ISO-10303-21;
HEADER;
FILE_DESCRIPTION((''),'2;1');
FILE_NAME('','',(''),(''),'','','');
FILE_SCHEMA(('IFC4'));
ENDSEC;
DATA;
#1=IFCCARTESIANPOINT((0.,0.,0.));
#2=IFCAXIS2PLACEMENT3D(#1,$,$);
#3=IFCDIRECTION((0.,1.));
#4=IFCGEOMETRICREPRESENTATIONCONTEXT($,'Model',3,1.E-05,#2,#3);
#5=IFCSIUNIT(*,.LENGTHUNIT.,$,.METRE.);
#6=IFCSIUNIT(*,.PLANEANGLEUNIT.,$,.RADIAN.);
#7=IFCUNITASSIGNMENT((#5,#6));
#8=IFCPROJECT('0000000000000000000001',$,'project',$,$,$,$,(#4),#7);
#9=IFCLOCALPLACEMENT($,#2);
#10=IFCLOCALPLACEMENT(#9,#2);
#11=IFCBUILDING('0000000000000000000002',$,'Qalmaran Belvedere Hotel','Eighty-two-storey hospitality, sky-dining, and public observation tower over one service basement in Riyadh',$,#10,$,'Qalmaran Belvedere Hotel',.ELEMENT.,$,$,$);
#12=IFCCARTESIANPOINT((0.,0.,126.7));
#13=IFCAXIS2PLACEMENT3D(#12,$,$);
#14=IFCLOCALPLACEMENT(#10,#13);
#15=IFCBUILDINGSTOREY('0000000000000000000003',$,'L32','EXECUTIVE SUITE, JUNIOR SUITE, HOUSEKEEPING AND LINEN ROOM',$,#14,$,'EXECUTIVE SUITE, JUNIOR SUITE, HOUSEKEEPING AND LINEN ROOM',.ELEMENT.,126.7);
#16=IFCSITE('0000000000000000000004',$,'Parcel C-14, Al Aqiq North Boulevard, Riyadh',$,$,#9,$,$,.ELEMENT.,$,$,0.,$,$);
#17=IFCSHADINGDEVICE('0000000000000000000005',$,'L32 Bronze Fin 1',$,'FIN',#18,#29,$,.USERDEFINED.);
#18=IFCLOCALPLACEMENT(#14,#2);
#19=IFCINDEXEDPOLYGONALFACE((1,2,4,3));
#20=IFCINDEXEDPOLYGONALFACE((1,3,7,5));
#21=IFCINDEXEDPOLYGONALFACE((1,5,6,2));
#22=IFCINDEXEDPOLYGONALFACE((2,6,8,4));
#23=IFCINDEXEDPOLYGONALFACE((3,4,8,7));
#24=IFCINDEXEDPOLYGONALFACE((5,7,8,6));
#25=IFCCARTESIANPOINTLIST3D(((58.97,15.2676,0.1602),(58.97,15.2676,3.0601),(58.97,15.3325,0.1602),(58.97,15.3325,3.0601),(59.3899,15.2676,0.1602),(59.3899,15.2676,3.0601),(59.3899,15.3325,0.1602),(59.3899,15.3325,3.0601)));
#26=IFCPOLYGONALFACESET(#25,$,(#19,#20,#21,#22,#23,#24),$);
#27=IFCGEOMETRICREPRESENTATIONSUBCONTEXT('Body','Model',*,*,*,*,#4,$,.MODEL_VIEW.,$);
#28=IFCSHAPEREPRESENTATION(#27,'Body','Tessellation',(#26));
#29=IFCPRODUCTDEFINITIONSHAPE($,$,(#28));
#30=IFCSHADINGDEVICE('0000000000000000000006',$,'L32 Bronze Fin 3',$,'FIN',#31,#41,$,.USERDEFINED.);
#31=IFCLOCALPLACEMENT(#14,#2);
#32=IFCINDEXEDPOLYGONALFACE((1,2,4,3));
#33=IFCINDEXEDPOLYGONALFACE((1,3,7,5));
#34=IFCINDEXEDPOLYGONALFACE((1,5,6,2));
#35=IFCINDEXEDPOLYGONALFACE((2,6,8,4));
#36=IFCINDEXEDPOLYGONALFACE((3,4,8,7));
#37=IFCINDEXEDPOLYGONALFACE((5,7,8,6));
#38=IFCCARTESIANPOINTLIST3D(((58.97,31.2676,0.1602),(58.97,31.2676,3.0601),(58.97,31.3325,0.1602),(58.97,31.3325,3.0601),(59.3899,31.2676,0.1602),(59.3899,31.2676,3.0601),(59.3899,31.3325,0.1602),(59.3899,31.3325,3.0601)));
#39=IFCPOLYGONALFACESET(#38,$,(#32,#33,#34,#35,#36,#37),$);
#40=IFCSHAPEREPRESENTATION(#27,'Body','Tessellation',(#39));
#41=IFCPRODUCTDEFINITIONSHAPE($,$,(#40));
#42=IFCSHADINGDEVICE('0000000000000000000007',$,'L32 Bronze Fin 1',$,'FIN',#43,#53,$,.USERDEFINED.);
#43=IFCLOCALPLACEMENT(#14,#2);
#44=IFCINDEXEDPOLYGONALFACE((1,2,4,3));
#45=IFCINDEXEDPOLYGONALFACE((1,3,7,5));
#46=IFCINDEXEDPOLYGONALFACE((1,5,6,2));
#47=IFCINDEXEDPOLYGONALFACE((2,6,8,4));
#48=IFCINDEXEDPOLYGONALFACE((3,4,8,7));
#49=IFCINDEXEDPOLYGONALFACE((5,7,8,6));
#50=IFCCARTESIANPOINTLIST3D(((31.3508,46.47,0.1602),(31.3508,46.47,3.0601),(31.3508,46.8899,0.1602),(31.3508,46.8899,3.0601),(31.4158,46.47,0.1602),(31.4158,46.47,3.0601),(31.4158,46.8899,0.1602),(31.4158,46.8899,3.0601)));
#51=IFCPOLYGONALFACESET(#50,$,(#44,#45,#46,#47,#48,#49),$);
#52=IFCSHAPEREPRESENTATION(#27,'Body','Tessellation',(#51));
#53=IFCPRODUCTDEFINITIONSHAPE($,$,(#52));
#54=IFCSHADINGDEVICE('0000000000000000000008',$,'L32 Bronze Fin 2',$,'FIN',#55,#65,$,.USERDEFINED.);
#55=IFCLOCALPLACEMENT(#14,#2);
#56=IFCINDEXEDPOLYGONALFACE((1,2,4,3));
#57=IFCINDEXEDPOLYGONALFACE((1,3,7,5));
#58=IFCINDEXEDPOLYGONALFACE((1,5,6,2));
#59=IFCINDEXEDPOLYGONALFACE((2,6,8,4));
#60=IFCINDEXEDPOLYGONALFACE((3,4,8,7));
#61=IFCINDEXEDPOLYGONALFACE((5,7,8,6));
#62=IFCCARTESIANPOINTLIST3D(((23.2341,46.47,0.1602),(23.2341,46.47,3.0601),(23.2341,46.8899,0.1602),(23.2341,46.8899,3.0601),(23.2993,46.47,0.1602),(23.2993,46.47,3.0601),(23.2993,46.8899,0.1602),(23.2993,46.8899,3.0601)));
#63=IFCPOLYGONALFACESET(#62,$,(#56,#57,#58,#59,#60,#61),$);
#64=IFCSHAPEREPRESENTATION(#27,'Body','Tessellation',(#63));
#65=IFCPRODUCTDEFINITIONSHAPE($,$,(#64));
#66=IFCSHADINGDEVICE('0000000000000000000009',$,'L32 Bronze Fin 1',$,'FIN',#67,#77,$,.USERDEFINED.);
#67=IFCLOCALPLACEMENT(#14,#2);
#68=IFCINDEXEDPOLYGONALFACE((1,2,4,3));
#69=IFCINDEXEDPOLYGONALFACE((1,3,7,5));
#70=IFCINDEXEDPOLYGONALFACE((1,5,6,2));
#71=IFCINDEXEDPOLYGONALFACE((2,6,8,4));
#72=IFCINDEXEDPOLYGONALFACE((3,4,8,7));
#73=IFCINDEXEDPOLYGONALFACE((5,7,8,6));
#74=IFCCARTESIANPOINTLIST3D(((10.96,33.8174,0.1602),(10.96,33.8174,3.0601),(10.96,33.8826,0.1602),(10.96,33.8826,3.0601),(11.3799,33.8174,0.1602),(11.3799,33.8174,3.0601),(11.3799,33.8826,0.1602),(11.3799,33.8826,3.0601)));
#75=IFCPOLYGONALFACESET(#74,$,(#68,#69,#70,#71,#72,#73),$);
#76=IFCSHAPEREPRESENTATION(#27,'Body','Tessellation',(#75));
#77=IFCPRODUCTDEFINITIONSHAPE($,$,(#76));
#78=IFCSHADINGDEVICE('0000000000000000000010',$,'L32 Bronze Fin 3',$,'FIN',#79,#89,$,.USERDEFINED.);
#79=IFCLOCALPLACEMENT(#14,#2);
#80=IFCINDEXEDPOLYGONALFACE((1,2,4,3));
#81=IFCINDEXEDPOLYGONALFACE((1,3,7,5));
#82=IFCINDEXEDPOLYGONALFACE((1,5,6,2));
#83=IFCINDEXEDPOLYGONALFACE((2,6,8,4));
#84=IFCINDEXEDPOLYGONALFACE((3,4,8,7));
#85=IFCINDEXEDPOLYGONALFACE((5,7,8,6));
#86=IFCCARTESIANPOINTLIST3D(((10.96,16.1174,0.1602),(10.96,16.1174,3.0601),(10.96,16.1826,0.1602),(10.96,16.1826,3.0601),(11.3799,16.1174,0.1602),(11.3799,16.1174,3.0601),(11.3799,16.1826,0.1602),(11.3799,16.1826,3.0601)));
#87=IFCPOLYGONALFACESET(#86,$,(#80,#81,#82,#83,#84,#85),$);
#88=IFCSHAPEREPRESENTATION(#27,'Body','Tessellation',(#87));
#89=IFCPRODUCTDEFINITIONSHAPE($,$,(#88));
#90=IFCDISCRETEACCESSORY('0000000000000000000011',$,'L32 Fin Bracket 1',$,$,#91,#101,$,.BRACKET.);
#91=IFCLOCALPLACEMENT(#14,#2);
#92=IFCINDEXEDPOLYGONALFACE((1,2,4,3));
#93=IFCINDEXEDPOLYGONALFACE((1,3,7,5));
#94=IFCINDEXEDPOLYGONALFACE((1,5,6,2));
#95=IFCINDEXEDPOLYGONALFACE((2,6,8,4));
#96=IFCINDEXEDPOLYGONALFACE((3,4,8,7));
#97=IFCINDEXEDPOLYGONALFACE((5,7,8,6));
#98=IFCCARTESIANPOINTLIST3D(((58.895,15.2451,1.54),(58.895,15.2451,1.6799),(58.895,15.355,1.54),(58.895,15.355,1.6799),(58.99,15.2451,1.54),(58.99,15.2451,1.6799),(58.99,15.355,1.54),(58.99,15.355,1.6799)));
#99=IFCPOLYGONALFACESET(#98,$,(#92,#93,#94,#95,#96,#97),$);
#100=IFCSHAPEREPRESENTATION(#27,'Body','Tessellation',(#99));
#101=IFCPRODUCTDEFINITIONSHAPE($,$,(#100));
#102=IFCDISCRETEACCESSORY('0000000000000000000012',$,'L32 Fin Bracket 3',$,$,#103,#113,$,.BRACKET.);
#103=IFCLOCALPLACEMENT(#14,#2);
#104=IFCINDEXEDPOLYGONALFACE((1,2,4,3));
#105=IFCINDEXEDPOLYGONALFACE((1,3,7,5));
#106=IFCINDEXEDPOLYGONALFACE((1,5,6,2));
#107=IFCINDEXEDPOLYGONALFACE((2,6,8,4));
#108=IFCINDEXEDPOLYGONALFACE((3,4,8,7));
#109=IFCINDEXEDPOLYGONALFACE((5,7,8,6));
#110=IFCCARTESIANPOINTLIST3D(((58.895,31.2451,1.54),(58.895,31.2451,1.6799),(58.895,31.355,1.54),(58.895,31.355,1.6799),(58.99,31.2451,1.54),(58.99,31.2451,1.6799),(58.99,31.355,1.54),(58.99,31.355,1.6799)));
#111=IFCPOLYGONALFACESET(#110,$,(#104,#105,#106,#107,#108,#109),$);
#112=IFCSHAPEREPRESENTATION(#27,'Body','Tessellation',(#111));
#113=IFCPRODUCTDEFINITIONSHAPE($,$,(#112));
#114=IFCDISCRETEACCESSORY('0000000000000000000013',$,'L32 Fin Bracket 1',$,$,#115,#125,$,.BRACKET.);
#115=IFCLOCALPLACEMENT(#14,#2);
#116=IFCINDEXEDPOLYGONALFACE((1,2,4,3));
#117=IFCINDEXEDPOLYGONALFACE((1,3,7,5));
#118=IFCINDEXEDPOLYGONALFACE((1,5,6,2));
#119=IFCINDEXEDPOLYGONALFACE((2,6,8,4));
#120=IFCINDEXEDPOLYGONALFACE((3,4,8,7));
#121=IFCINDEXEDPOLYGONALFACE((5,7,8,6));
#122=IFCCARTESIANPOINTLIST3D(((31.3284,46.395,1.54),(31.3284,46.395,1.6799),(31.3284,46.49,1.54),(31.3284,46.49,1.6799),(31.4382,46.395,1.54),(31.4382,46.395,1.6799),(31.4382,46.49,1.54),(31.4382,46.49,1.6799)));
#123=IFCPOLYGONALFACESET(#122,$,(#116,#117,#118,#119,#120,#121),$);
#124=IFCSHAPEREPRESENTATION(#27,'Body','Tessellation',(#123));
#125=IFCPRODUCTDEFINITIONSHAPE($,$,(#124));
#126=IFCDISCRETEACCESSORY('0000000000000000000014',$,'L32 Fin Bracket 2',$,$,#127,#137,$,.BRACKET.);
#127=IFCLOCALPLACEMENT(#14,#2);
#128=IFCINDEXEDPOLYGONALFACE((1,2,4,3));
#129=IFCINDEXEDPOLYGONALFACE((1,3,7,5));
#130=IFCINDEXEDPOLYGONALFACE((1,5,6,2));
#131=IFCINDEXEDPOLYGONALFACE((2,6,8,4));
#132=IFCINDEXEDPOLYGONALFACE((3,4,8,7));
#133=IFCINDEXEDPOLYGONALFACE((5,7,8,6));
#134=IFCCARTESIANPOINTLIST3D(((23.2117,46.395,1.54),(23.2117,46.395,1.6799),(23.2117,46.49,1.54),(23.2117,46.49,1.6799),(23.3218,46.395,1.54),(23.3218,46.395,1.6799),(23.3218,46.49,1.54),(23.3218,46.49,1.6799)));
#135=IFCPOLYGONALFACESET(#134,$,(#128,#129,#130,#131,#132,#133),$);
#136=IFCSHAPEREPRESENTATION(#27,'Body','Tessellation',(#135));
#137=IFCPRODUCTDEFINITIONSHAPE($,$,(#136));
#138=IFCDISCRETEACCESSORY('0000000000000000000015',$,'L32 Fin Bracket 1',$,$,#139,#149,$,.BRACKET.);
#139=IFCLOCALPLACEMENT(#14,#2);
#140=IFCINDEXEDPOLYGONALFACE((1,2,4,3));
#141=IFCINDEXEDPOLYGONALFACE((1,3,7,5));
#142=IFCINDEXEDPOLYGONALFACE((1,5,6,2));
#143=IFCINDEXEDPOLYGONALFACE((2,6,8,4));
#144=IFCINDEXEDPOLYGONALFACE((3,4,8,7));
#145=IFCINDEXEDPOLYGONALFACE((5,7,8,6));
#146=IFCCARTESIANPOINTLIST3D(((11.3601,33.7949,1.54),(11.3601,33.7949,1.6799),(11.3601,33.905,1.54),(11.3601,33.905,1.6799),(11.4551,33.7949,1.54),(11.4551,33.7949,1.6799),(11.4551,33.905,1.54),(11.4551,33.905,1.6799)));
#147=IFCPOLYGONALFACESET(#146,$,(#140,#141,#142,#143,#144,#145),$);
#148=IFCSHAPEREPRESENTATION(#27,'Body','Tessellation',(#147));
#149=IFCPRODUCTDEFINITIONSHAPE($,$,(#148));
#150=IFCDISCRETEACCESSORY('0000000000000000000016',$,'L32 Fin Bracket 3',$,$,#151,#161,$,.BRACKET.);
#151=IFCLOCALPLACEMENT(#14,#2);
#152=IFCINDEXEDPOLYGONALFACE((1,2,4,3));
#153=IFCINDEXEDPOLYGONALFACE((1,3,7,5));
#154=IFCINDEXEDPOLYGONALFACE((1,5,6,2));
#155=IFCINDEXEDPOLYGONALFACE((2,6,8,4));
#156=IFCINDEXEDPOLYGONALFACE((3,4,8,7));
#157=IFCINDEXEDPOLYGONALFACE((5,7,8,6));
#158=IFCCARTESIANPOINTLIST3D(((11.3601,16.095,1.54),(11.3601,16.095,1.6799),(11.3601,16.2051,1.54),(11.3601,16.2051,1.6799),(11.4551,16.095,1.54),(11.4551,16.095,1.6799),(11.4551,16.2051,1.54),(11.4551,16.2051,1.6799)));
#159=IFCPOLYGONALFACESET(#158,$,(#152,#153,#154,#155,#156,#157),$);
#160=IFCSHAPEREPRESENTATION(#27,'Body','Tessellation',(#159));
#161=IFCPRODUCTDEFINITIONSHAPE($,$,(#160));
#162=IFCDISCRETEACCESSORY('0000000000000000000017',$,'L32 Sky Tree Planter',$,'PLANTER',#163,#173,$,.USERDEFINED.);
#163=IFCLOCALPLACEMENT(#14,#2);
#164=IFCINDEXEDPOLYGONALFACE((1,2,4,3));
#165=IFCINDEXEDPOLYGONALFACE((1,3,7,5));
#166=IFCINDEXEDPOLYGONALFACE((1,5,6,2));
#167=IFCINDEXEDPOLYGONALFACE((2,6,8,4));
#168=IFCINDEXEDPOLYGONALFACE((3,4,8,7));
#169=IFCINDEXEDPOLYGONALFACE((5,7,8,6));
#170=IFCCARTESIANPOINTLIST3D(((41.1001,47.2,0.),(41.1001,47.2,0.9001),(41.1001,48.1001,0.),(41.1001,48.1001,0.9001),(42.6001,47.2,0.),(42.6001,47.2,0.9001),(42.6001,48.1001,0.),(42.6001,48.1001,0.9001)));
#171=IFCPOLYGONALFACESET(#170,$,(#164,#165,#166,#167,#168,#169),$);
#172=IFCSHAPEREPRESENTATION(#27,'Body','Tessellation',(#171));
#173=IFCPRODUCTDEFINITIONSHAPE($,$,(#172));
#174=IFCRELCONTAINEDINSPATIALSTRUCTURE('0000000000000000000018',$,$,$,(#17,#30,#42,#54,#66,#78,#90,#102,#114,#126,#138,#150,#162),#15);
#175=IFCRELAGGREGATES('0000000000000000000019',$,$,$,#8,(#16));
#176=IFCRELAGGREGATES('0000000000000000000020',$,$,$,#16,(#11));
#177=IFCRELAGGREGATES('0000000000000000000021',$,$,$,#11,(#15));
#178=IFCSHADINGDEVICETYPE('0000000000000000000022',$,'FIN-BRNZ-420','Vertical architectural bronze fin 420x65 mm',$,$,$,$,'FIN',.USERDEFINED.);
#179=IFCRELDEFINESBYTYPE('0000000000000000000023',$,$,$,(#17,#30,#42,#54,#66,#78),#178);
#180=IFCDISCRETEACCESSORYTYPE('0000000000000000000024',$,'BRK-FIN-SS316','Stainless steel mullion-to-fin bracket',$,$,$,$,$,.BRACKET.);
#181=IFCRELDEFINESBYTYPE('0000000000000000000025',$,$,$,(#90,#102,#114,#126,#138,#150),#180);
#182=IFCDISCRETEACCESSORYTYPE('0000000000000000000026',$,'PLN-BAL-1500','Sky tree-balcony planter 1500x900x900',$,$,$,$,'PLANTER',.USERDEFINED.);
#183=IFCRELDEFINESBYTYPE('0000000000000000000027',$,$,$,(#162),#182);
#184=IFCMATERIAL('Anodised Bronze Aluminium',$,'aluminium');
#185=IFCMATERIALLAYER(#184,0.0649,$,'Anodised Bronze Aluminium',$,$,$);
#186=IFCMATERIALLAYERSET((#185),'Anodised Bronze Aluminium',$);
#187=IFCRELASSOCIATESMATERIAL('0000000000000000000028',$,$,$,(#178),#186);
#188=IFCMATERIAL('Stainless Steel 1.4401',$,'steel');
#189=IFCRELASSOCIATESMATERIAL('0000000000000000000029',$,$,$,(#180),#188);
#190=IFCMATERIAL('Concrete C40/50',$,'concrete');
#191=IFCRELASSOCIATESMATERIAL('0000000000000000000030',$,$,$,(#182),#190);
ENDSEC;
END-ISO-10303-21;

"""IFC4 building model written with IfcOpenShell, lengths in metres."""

from ifc_helpers import new_model, si_unit, direction, frame, origin, place, context, subcontext, project, spatial, polyline, outline, extrude, material, layer, layer_set, type_object, element, save


model = new_model("IFC4")

# Units and contexts
model_context = context("Model", 3, precision=1e-05, world=origin(), true_north=direction((0.0, 1.0)))
body_context = subcontext(model_context, "Body", "Model", "MODEL_VIEW")
ifc_project = project(units=[si_unit("LENGTHUNIT", "METRE"), si_unit("PLANEANGLEUNIT", "RADIAN")], contexts=[model_context])

# Site, building, storey
site_placement = place(None, origin())
site = spatial("IfcSite", under=ifc_project, at=site_placement, Name="Parcel C-14, Al Aqiq North Boulevard, Riyadh", CompositionType="ELEMENT", RefElevation=0.0)
building_placement = place(site_placement, origin())
building = spatial("IfcBuilding", under=site, at=building_placement, Name="Qalmaran Belvedere Hotel", Description="Eighty-two-storey hospitality, sky-dining, and public observation tower over one service basement in Riyadh", LongName="Qalmaran Belvedere Hotel", CompositionType="ELEMENT")
storey_placement = place(building_placement, frame((0.0, 0.0, 126.7)))
storey = spatial("IfcBuildingStorey", under=building, at=storey_placement, Name="L32", Description="EXECUTIVE SUITE, JUNIOR SUITE, HOUSEKEEPING AND LINEN ROOM", LongName="EXECUTIVE SUITE, JUNIOR SUITE, HOUSEKEEPING AND LINEN ROOM", CompositionType="ELEMENT", Elevation=126.7)

# Shared definitions
ifc_material_1 = material(Name="Anodised Bronze Aluminium", Category="aluminium")

# Shared definitions
ifc_material_2 = material(Name="Concrete C40/50", Category="concrete")

# Shading devices
ifc_layer_1 = layer(ifc_material_1, 0.0649, Name="Anodised Bronze Aluminium")
ifc_layer_set_1 = layer_set([ifc_layer_1], Name="Anodised Bronze Aluminium")
shading_device_type = type_object("IfcShadingDeviceType", Name="FIN-BRNZ-420", Description="Vertical architectural bronze fin 420x65 mm", ElementType="FIN", PredefinedType="USERDEFINED", material=ifc_layer_set_1)
shading_device_1_placement = place(storey_placement, frame((0.0, 0.0, 0.1602)))
element("IfcShadingDevice", 1, at=shading_device_1_placement, inside=storey, type_object=shading_device_type, Name="L32 Bronze Fin 1", ObjectType="FIN", PredefinedType="USERDEFINED", context=body_context, shape_type="SweptSolid", body=[
    extrude(outline(polyline([(58.97, 15.2676), (59.3899, 15.2676), (59.3899, 15.3325), (58.97, 15.3325), (58.97, 15.2676)])), origin(), (0.0, 0.0, 1.0), 2.8999),
])
shading_device_2_placement = place(storey_placement, frame((0.0, 0.0, 0.1602)))
element("IfcShadingDevice", 2, at=shading_device_2_placement, inside=storey, type_object=shading_device_type, Name="L32 Bronze Fin 3", ObjectType="FIN", PredefinedType="USERDEFINED", context=body_context, shape_type="SweptSolid", body=[
    extrude(outline(polyline([(58.97, 31.2676), (59.3899, 31.2676), (59.3899, 31.3325), (58.97, 31.3325), (58.97, 31.2676)])), origin(), (0.0, 0.0, 1.0), 2.8999),
])
shading_device_3_placement = place(storey_placement, frame((0.0, 0.0, 0.1602)))
element("IfcShadingDevice", 3, at=shading_device_3_placement, inside=storey, type_object=shading_device_type, Name="L32 Bronze Fin 1", ObjectType="FIN", PredefinedType="USERDEFINED", context=body_context, shape_type="SweptSolid", body=[
    extrude(outline(polyline([(31.4158, 46.47), (31.4158, 46.8899), (31.3508, 46.8899), (31.3508, 46.47), (31.4158, 46.47)])), origin(), (0.0, 0.0, 1.0), 2.8999),
])
shading_device_4_placement = place(storey_placement, frame((0.0, 0.0, 0.1602)))
element("IfcShadingDevice", 4, at=shading_device_4_placement, inside=storey, type_object=shading_device_type, Name="L32 Bronze Fin 2", ObjectType="FIN", PredefinedType="USERDEFINED", context=body_context, shape_type="SweptSolid", body=[
    extrude(outline(polyline([(23.2993, 46.47), (23.2993, 46.8899), (23.2341, 46.8899), (23.2341, 46.47), (23.2993, 46.47)])), origin(), (0.0, 0.0, 1.0), 2.8999),
])
shading_device_5_placement = place(storey_placement, frame((0.0, 0.0, 0.1602)))
element("IfcShadingDevice", 5, at=shading_device_5_placement, inside=storey, type_object=shading_device_type, Name="L32 Bronze Fin 1", ObjectType="FIN", PredefinedType="USERDEFINED", context=body_context, shape_type="SweptSolid", body=[
    extrude(outline(polyline([(11.3799, 33.8826), (10.96, 33.8826), (10.96, 33.8174), (11.3799, 33.8174), (11.3799, 33.8826)])), origin(), (0.0, 0.0, 1.0), 2.8999),
])
shading_device_6_placement = place(storey_placement, frame((0.0, 0.0, 0.1602)))
element("IfcShadingDevice", 6, at=shading_device_6_placement, inside=storey, type_object=shading_device_type, Name="L32 Bronze Fin 3", ObjectType="FIN", PredefinedType="USERDEFINED", context=body_context, shape_type="SweptSolid", body=[
    extrude(outline(polyline([(11.3799, 16.1826), (10.96, 16.1826), (10.96, 16.1174), (11.3799, 16.1174), (11.3799, 16.1826)])), origin(), (0.0, 0.0, 1.0), 2.8999),
])

# Discrete accessories
ifc_material_3 = material(Name="Stainless Steel 1.4401", Category="steel")
discrete_accessory_type_1 = type_object("IfcDiscreteAccessoryType", Name="BRK-FIN-SS316", Description="Stainless steel mullion-to-fin bracket", PredefinedType="BRACKET", material=ifc_material_3)
discrete_accessory_1_placement = place(storey_placement, frame((0.0, 0.0, 1.54)))
element("IfcDiscreteAccessory", 7, at=discrete_accessory_1_placement, inside=storey, type_object=discrete_accessory_type_1, Name="L32 Fin Bracket 1", PredefinedType="BRACKET", context=body_context, shape_type="SweptSolid", body=[
    extrude(outline(polyline([(58.895, 15.2451), (58.99, 15.2451), (58.99, 15.355), (58.895, 15.355), (58.895, 15.2451)])), origin(), (0.0, 0.0, 1.0), 0.1399),
])
discrete_accessory_2_placement = place(storey_placement, frame((0.0, 0.0, 1.54)))
element("IfcDiscreteAccessory", 8, at=discrete_accessory_2_placement, inside=storey, type_object=discrete_accessory_type_1, Name="L32 Fin Bracket 3", PredefinedType="BRACKET", context=body_context, shape_type="SweptSolid", body=[
    extrude(outline(polyline([(58.895, 31.2451), (58.99, 31.2451), (58.99, 31.355), (58.895, 31.355), (58.895, 31.2451)])), origin(), (0.0, 0.0, 1.0), 0.1399),
])
discrete_accessory_3_placement = place(storey_placement, frame((0.0, 0.0, 1.54)))
element("IfcDiscreteAccessory", 9, at=discrete_accessory_3_placement, inside=storey, type_object=discrete_accessory_type_1, Name="L32 Fin Bracket 1", PredefinedType="BRACKET", context=body_context, shape_type="SweptSolid", body=[
    extrude(outline(polyline([(31.4382, 46.395), (31.4382, 46.49), (31.3284, 46.49), (31.3284, 46.395), (31.4382, 46.395)])), origin(), (0.0, 0.0, 1.0), 0.1399),
])
discrete_accessory_4_placement = place(storey_placement, frame((0.0, 0.0, 1.54)))
element("IfcDiscreteAccessory", 10, at=discrete_accessory_4_placement, inside=storey, type_object=discrete_accessory_type_1, Name="L32 Fin Bracket 2", PredefinedType="BRACKET", context=body_context, shape_type="SweptSolid", body=[
    extrude(outline(polyline([(23.3218, 46.395), (23.3218, 46.49), (23.2117, 46.49), (23.2117, 46.395), (23.3218, 46.395)])), origin(), (0.0, 0.0, 1.0), 0.1399),
])
discrete_accessory_5_placement = place(storey_placement, frame((0.0, 0.0, 1.54)))
element("IfcDiscreteAccessory", 11, at=discrete_accessory_5_placement, inside=storey, type_object=discrete_accessory_type_1, Name="L32 Fin Bracket 1", PredefinedType="BRACKET", context=body_context, shape_type="SweptSolid", body=[
    extrude(outline(polyline([(11.4551, 33.905), (11.3601, 33.905), (11.3601, 33.7949), (11.4551, 33.7949), (11.4551, 33.905)])), origin(), (0.0, 0.0, 1.0), 0.1399),
])
discrete_accessory_6_placement = place(storey_placement, frame((0.0, 0.0, 1.54)))
element("IfcDiscreteAccessory", 12, at=discrete_accessory_6_placement, inside=storey, type_object=discrete_accessory_type_1, Name="L32 Fin Bracket 3", PredefinedType="BRACKET", context=body_context, shape_type="SweptSolid", body=[
    extrude(outline(polyline([(11.4551, 16.2051), (11.3601, 16.2051), (11.3601, 16.095), (11.4551, 16.095), (11.4551, 16.2051)])), origin(), (0.0, 0.0, 1.0), 0.1399),
])
discrete_accessory_type_2 = type_object("IfcDiscreteAccessoryType", Name="PLN-BAL-1500", Description="Sky tree-balcony planter 1500x900x900", ElementType="PLANTER", PredefinedType="USERDEFINED", material=ifc_material_2)
discrete_accessory_7_placement = place(storey_placement, origin())
element("IfcDiscreteAccessory", 13, at=discrete_accessory_7_placement, inside=storey, type_object=discrete_accessory_type_2, Name="L32 Sky Tree Planter", ObjectType="PLANTER", PredefinedType="USERDEFINED", context=body_context, shape_type="SweptSolid", body=[
    extrude(outline(polyline([(41.1001, 47.2), (42.6001, 47.2), (42.6001, 48.1001), (41.1001, 48.1001), (41.1001, 47.2)])), origin(), (0.0, 0.0, 1.0), 0.9001),
])

save(model, "model.ifc")
